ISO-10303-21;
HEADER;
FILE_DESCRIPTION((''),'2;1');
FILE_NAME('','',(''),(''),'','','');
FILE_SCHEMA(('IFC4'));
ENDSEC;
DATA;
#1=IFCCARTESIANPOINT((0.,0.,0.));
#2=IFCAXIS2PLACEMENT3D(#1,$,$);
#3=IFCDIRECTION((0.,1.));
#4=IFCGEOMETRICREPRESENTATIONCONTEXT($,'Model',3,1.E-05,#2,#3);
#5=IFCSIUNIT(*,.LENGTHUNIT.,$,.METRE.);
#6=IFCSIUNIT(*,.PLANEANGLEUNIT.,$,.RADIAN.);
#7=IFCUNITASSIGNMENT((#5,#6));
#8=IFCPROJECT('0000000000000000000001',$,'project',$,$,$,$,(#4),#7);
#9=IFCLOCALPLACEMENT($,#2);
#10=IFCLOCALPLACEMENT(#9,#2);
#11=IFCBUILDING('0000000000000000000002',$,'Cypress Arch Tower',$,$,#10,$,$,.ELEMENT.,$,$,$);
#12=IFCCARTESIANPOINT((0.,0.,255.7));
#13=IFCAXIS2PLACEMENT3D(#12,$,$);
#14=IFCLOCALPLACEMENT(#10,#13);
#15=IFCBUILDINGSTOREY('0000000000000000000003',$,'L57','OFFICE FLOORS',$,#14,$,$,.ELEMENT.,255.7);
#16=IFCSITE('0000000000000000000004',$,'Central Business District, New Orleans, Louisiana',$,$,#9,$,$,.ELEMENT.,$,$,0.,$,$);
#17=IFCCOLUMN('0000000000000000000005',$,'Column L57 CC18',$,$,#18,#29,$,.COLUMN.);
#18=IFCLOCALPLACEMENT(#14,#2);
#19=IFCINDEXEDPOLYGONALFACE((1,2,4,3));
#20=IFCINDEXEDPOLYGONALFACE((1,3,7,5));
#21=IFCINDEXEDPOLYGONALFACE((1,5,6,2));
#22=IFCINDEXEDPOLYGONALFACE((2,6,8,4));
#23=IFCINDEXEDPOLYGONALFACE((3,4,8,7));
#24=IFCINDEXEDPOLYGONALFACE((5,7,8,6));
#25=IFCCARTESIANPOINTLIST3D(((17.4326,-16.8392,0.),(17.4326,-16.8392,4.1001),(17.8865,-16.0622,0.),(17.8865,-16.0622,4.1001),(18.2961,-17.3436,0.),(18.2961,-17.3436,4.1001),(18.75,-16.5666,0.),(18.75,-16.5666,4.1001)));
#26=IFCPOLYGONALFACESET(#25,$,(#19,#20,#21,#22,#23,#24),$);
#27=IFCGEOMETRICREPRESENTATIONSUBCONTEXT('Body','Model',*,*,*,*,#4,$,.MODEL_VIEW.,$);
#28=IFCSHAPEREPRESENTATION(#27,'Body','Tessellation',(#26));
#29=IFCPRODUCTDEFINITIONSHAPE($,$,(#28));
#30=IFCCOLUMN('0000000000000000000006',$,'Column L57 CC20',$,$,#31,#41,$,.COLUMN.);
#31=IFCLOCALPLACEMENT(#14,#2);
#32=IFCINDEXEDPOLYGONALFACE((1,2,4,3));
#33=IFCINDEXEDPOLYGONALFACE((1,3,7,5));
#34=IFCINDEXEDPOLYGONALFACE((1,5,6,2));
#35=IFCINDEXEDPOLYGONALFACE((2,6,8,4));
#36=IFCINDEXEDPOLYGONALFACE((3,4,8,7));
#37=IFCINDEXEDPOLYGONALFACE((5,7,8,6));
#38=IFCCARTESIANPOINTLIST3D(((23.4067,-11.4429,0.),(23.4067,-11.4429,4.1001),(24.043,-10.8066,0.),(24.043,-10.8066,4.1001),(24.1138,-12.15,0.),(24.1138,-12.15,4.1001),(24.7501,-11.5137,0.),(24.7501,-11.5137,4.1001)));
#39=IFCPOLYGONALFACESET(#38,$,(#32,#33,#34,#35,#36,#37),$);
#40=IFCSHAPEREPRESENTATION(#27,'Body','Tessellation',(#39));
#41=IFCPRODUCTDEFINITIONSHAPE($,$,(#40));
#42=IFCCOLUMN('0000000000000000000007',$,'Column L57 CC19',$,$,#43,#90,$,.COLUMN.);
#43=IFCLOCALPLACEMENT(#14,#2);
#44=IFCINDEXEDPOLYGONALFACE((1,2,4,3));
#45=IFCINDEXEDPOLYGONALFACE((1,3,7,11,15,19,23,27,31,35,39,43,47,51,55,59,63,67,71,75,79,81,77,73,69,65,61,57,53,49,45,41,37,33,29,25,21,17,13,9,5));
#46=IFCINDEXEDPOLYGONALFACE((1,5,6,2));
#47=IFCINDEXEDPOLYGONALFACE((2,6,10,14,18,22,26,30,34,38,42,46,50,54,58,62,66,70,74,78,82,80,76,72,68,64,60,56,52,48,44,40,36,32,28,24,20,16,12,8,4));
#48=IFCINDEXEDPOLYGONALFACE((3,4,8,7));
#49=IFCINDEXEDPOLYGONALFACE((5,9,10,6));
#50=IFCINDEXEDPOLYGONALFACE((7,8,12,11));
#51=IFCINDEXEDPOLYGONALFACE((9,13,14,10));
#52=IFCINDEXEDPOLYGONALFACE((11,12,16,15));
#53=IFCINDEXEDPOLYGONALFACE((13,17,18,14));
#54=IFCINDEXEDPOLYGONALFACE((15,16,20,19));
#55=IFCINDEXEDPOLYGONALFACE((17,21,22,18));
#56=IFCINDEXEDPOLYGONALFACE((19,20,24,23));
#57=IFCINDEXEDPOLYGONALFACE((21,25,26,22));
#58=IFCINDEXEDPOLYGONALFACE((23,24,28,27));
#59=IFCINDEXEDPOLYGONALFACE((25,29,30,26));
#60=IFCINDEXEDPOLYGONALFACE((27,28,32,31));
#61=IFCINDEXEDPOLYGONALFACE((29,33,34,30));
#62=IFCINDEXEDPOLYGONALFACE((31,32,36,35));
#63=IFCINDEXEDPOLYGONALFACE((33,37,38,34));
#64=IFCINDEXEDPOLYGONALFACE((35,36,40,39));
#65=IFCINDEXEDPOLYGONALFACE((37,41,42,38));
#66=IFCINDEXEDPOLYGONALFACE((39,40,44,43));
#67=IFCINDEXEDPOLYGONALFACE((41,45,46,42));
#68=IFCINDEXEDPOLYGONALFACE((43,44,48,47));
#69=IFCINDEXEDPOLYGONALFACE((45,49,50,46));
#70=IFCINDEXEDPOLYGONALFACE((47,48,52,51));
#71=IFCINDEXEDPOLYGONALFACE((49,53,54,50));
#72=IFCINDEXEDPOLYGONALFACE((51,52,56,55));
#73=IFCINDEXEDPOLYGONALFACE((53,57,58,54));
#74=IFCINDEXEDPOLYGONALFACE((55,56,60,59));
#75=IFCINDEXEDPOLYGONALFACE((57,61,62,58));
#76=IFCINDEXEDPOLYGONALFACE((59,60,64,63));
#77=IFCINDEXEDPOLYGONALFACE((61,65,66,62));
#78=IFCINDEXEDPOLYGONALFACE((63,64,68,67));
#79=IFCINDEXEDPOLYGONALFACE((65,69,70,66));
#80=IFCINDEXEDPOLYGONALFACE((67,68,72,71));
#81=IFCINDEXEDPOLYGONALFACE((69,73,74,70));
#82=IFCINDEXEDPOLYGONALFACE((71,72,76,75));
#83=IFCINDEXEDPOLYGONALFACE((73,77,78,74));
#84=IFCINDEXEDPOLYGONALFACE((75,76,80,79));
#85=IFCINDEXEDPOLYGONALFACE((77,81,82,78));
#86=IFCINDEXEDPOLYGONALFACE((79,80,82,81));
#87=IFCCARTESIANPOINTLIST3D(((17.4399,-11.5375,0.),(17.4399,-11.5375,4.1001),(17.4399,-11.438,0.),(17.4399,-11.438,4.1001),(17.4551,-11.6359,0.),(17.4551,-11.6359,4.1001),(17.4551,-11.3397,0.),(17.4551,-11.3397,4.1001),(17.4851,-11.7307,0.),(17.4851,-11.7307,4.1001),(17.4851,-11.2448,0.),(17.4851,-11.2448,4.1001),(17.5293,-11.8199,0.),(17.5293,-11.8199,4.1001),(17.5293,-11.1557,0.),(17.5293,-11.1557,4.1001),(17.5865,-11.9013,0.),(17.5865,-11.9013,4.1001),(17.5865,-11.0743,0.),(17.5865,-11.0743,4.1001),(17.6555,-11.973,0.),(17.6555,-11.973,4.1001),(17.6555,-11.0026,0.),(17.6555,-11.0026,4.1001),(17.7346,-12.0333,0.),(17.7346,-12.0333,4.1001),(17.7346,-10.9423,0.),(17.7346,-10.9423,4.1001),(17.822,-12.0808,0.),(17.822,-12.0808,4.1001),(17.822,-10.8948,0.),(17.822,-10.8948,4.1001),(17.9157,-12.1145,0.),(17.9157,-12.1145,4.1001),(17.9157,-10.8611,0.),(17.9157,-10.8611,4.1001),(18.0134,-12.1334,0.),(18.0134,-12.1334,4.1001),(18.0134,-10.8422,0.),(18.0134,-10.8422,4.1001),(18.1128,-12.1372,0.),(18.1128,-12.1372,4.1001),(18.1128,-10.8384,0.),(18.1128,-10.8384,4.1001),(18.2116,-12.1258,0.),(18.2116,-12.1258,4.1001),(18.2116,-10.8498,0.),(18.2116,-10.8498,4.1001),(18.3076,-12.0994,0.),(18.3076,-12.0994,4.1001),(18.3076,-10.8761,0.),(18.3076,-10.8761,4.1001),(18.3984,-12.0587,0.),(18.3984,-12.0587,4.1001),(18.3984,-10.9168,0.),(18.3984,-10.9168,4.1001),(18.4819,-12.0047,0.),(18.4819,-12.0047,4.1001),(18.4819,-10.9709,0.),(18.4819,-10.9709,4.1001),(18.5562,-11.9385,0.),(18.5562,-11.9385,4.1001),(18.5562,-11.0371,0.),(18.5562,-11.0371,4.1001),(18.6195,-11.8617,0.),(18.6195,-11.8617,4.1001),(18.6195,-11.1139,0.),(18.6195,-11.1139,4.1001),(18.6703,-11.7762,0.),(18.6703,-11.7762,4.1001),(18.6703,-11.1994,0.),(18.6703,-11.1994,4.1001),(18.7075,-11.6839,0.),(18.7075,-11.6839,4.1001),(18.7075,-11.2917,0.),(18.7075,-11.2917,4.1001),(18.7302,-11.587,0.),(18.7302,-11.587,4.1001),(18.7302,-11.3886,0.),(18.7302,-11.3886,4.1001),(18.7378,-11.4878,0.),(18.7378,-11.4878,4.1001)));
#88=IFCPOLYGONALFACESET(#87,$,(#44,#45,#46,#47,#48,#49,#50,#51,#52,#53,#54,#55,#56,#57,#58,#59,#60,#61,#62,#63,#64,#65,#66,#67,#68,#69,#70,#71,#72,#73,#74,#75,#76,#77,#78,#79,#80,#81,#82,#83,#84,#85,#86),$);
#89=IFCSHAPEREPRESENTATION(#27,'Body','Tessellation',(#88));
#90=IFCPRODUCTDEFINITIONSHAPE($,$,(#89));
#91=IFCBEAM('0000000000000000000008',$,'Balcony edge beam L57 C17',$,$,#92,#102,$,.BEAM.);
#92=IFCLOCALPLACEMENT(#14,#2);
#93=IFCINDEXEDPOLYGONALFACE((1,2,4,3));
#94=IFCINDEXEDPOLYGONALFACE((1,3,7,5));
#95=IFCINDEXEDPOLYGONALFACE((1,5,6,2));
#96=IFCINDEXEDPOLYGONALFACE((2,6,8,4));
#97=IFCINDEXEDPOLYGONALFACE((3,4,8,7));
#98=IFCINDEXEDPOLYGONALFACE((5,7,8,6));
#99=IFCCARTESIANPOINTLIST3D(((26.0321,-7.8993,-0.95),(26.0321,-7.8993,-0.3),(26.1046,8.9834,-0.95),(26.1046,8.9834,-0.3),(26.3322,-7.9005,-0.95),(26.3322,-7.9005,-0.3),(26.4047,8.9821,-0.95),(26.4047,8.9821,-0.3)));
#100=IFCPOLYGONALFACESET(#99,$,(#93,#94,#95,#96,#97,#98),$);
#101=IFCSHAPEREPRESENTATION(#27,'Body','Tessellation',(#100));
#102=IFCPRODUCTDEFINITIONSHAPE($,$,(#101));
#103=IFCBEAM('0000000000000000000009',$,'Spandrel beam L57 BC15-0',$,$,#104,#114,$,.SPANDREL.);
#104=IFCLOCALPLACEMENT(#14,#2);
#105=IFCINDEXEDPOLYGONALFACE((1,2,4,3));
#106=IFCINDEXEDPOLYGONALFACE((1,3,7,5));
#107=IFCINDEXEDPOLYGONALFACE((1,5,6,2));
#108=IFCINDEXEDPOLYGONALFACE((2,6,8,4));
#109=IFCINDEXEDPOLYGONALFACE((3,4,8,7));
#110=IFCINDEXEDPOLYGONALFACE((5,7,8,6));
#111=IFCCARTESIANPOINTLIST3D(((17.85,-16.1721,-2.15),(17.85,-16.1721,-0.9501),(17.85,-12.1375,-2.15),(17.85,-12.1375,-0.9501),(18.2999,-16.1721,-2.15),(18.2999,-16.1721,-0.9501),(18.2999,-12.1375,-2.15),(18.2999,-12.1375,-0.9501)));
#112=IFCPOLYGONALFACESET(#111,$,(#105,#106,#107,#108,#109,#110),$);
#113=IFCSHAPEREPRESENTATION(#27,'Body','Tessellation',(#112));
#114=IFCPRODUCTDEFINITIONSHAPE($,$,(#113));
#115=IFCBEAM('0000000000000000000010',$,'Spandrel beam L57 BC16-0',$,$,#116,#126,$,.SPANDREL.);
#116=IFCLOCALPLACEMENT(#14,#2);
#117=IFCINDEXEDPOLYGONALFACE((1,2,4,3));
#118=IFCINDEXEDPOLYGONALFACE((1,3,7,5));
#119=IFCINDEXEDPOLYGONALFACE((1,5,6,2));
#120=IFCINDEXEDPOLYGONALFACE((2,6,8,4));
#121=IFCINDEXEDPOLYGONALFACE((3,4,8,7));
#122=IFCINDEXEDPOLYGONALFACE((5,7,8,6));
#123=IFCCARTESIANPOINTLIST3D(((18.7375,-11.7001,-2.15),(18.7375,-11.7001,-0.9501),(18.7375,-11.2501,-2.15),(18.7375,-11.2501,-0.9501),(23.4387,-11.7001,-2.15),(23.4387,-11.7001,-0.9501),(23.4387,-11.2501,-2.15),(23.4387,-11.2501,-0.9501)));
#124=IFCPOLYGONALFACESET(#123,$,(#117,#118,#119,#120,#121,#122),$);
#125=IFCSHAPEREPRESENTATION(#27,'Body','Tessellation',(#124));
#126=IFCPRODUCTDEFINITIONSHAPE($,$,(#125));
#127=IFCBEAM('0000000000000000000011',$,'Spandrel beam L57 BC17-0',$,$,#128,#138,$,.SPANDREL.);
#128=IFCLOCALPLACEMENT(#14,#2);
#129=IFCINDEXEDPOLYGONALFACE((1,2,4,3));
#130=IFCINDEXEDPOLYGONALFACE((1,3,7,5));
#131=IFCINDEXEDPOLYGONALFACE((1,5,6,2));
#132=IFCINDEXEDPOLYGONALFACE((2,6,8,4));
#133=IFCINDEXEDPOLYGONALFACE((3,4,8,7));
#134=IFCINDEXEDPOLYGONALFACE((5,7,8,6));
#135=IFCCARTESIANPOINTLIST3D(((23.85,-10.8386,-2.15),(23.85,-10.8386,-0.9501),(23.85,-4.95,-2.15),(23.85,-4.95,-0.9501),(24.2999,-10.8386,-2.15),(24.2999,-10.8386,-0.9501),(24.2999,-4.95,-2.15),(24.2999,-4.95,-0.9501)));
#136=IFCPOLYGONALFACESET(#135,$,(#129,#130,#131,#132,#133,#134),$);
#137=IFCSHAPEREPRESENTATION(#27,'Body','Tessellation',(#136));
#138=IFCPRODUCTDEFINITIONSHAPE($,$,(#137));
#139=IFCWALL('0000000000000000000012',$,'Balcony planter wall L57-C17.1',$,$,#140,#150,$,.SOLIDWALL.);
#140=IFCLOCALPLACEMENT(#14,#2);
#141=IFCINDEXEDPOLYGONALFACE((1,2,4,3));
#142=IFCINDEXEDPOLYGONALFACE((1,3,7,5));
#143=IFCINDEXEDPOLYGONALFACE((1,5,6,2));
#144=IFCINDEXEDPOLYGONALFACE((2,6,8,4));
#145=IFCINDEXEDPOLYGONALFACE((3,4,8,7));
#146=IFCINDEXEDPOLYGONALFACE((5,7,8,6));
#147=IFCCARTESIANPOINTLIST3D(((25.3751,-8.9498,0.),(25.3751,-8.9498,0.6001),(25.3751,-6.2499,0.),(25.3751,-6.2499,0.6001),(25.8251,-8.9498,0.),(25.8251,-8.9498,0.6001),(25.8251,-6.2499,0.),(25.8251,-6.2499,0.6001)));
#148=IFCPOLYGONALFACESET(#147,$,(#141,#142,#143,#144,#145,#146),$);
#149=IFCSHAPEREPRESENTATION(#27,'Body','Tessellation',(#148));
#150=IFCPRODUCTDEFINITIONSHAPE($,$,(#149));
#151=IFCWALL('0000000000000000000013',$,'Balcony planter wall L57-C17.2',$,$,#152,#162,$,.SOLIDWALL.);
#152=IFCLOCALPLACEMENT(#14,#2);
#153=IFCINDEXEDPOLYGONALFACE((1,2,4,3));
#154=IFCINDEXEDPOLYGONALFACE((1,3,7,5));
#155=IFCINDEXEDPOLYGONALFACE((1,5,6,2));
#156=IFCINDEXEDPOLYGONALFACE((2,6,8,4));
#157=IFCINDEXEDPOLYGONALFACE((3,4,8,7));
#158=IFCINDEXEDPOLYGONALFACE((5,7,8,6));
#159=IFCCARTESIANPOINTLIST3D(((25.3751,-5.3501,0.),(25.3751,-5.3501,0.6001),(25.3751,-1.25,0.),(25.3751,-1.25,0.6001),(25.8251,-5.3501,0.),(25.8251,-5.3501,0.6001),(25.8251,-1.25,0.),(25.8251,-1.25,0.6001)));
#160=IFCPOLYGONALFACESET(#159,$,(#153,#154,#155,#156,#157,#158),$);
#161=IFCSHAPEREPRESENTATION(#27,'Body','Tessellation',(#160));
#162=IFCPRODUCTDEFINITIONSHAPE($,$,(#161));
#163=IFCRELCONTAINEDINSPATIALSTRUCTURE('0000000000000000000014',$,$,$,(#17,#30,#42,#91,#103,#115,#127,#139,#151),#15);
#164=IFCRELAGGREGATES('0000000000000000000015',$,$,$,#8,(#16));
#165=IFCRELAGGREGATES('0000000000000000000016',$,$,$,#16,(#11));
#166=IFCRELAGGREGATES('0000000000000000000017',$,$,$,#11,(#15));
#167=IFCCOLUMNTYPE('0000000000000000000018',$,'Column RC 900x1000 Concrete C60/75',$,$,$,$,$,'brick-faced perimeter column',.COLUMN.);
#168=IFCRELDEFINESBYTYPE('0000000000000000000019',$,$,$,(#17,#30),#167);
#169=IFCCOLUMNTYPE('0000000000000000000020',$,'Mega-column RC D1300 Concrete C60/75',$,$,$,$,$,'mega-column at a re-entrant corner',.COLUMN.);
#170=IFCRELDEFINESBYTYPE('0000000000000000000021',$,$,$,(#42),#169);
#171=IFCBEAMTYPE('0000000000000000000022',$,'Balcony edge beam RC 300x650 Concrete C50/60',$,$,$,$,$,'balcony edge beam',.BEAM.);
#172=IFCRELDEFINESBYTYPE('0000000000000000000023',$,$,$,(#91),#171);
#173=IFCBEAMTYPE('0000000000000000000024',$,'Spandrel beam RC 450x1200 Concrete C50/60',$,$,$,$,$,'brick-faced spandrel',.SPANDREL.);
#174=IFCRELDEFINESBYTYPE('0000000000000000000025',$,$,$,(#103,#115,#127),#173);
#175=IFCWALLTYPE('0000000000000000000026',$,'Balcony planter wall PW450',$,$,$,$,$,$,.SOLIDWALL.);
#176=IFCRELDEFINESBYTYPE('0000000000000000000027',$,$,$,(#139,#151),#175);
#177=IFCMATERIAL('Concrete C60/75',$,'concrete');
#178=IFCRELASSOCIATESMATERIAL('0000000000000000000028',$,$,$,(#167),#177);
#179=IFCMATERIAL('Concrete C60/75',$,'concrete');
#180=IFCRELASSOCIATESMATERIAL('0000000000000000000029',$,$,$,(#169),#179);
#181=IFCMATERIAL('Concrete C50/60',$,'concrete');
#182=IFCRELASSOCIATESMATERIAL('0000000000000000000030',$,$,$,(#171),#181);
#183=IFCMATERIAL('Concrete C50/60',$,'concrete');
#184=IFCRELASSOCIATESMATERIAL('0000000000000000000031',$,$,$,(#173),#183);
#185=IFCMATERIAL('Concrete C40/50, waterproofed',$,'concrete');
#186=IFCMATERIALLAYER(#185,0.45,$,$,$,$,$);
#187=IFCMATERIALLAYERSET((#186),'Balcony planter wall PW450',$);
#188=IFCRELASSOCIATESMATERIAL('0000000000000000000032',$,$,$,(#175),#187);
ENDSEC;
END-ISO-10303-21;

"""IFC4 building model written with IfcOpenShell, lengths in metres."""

from ifc_helpers import new_model, si_unit, direction, frame, frame_2d, origin, origin_2d, place, context, subcontext, project, spatial, rectangle, circle, extrude, material, layer, layer_set, material_profile, profile_set, type_object, element, save


model = new_model("IFC4")

# Units and contexts
model_context = context("Model", 3, precision=1e-05, world=origin(), true_north=direction((0.0, 1.0)))
body_context = subcontext(model_context, "Body", "Model", "MODEL_VIEW")
ifc_project = project(units=[si_unit("LENGTHUNIT", "METRE"), si_unit("PLANEANGLEUNIT", "RADIAN")], contexts=[model_context])

# Site, building, storey
site_placement = place(None, origin())
site = spatial("IfcSite", under=ifc_project, at=site_placement, Name="Central Business District, New Orleans, Louisiana", CompositionType="ELEMENT", RefElevation=0.0)
building_placement = place(site_placement, origin())
building = spatial("IfcBuilding", under=site, at=building_placement, Name="Cypress Arch Tower", CompositionType="ELEMENT")
storey_placement = place(building_placement, frame((0.0, 0.0, 255.7)))
storey = spatial("IfcBuildingStorey", under=building, at=storey_placement, Name="L57", Description="OFFICE FLOORS", CompositionType="ELEMENT", Elevation=255.7)

# Columns
ifc_material_1 = material(Name="Concrete C60/75", Category="concrete")
ifc_material_profile_1 = material_profile(ifc_material_1, rectangle(XDim=0.8999, YDim=1.0, at=origin_2d()), Name="RC 900x1000")
ifc_profile_set_1 = profile_set([ifc_material_profile_1], Name="Concrete C60/75")
column_type_1 = type_object("IfcColumnType", Name="Column RC 900x1000 Concrete C60/75", ElementType="brick-faced perimeter column", PredefinedType="COLUMN", material=ifc_profile_set_1)
for number, where, z_axis, x_axis, name in (
    (1, (18.0913, -16.7029, 0.0), (0.0, 0.0, 1.0), (0.504399, 0.863471, 0.0), "Column L57 CC18"),
    (2, (24.0784, -11.4783, 0.0), (0.0, 0.0, 1.0), (0.707107, 0.707107, 0.0), "Column L57 CC20"),
):
    element("IfcColumn", number, at=place(storey_placement, frame(where, z_axis=z_axis, x_axis=x_axis)), inside=storey, type_object=column_type_1, Name=name, PredefinedType="COLUMN", context=body_context, shape_type="SweptSolid", body=[
        extrude(rectangle(XDim=0.8999, YDim=1.0, at=origin_2d()), origin(), (0.0, 0.0, 1.0), 4.1001),
    ])
ifc_material_2 = material(Name="Concrete C60/75", Category="concrete")
ifc_material_profile_2 = material_profile(ifc_material_2, circle(Radius=0.6499, at=origin_2d()), Name="RC D1300")
ifc_profile_set_2 = profile_set([ifc_material_profile_2], Name="Concrete C60/75")
column_type_2 = type_object("IfcColumnType", Name="Mega-column RC D1300 Concrete C60/75", ElementType="mega-column at a re-entrant corner", PredefinedType="COLUMN", material=ifc_profile_set_2)
column_placement = place(storey_placement, frame((18.0879, -11.4878, 0.0), z_axis=(0.0, 0.0, 1.0), x_axis=(1.0, 0.0, 0.0)))
element("IfcColumn", 3, at=column_placement, inside=storey, type_object=column_type_2, Name="Column L57 CC19", PredefinedType="COLUMN", context=body_context, shape_type="SweptSolid", body=[
    extrude(circle(Radius=0.6499, at=origin_2d()), origin(), (0.0, 0.0, 1.0), 4.1001),
])

# Beams
ifc_material_3 = material(Name="Concrete C50/60", Category="concrete")
ifc_material_profile_3 = material_profile(ifc_material_3, rectangle(XDim=0.3, YDim=0.6499, at=origin_2d()), Name="RC 300x650")
ifc_profile_set_3 = profile_set([ifc_material_profile_3], Name="Concrete C50/60")
beam_type_1 = type_object("IfcBeamType", Name="Balcony edge beam RC 300x650 Concrete C50/60", ElementType="balcony edge beam", PredefinedType="BEAM", material=ifc_profile_set_3)
beam_1_placement = place(storey_placement, frame((26.1821, -7.8999, -0.625), z_axis=(0.004295, 0.999991, 0.0), x_axis=(-0.999991, 0.004295, 0.0)))
element("IfcBeam", 4, at=beam_1_placement, inside=storey, type_object=beam_type_1, Name="Balcony edge beam L57 C17", PredefinedType="BEAM", context=body_context, shape_type="SweptSolid", body=[
    extrude(rectangle(XDim=0.3, YDim=0.6499, at=origin_2d()), origin(), (0.0, 0.0, 1.0), 16.8828),
])
ifc_material_4 = material(Name="Concrete C50/60", Category="concrete")
ifc_material_profile_4 = material_profile(ifc_material_4, rectangle(XDim=0.45, YDim=1.2, at=origin_2d()), Name="RC 450x1200")
ifc_profile_set_4 = profile_set([ifc_material_profile_4], Name="Concrete C50/60")
beam_type_2 = type_object("IfcBeamType", Name="Spandrel beam RC 450x1200 Concrete C50/60", ElementType="brick-faced spandrel", PredefinedType="SPANDREL", material=ifc_profile_set_4)
beam_2_placement = place(storey_placement, frame((18.075, -16.1721, -1.55), z_axis=(0.0, 1.0, 0.0), x_axis=(-1.0, 0.0, 0.0)))
element("IfcBeam", 5, at=beam_2_placement, inside=storey, type_object=beam_type_2, Name="Spandrel beam L57 BC15-0", PredefinedType="SPANDREL", context=body_context, shape_type="SweptSolid", body=[
    extrude(rectangle(XDim=0.45, YDim=1.2, at=origin_2d()), origin(), (0.0, 0.0, 1.0), 4.0347),
])
beam_3_placement = place(storey_placement, frame((18.7375, -11.4751, -1.55), z_axis=(1.0, 0.0, 0.0), x_axis=(0.0, 1.0, 0.0)))
element("IfcBeam", 6, at=beam_3_placement, inside=storey, type_object=beam_type_2, Name="Spandrel beam L57 BC16-0", PredefinedType="SPANDREL", context=body_context, shape_type="SweptSolid", body=[
    extrude(rectangle(XDim=0.45, YDim=1.2, at=origin_2d()), origin(), (0.0, 0.0, 1.0), 4.7012),
])
beam_4_placement = place(storey_placement, frame((24.075, -10.8386, -1.55), z_axis=(0.0, 1.0, 0.0), x_axis=(-1.0, 0.0, 0.0)))
element("IfcBeam", 7, at=beam_4_placement, inside=storey, type_object=beam_type_2, Name="Spandrel beam L57 BC17-0", PredefinedType="SPANDREL", context=body_context, shape_type="SweptSolid", body=[
    extrude(rectangle(XDim=0.45, YDim=1.2, at=origin_2d()), origin(), (0.0, 0.0, 1.0), 5.8887),
])

# Walls
ifc_material_5 = material(Name="Concrete C40/50, waterproofed", Category="concrete")
ifc_layer_1 = layer(ifc_material_5, 0.45)
ifc_layer_set_1 = layer_set([ifc_layer_1], Name="Balcony planter wall PW450")
wall_type_1 = type_object("IfcWallType", Name="Balcony planter wall PW450", PredefinedType="SOLIDWALL", material=ifc_layer_set_1)
wall_1_placement = place(storey_placement, frame((25.6001, -8.95, 0.0), z_axis=(0.0, 0.0, 1.0), x_axis=(0.0, 1.0, 0.0)))
element("IfcWall", 8, at=wall_1_placement, inside=storey, type_object=wall_type_1, Name="Balcony planter wall L57-C17.1", PredefinedType="SOLIDWALL", context=body_context, shape_type="SweptSolid", body=[
    extrude(rectangle(XDim=2.7, YDim=0.45, at=frame_2d((1.3501, 0.0))), origin(), (0.0, 0.0, 1.0), 0.6001),
])
wall_2_placement = place(storey_placement, frame((25.6001, -5.3501, 0.0), z_axis=(0.0, 0.0, 1.0), x_axis=(0.0, 1.0, 0.0)))
element("IfcWall", 9, at=wall_2_placement, inside=storey, type_object=wall_type_1, Name="Balcony planter wall L57-C17.2", PredefinedType="SOLIDWALL", context=body_context, shape_type="SweptSolid", body=[
    extrude(rectangle(XDim=4.1001, YDim=0.45, at=frame_2d((2.05, 0.0))), origin(), (0.0, 0.0, 1.0), 0.6001),
])

save(model, "model.ifc")
